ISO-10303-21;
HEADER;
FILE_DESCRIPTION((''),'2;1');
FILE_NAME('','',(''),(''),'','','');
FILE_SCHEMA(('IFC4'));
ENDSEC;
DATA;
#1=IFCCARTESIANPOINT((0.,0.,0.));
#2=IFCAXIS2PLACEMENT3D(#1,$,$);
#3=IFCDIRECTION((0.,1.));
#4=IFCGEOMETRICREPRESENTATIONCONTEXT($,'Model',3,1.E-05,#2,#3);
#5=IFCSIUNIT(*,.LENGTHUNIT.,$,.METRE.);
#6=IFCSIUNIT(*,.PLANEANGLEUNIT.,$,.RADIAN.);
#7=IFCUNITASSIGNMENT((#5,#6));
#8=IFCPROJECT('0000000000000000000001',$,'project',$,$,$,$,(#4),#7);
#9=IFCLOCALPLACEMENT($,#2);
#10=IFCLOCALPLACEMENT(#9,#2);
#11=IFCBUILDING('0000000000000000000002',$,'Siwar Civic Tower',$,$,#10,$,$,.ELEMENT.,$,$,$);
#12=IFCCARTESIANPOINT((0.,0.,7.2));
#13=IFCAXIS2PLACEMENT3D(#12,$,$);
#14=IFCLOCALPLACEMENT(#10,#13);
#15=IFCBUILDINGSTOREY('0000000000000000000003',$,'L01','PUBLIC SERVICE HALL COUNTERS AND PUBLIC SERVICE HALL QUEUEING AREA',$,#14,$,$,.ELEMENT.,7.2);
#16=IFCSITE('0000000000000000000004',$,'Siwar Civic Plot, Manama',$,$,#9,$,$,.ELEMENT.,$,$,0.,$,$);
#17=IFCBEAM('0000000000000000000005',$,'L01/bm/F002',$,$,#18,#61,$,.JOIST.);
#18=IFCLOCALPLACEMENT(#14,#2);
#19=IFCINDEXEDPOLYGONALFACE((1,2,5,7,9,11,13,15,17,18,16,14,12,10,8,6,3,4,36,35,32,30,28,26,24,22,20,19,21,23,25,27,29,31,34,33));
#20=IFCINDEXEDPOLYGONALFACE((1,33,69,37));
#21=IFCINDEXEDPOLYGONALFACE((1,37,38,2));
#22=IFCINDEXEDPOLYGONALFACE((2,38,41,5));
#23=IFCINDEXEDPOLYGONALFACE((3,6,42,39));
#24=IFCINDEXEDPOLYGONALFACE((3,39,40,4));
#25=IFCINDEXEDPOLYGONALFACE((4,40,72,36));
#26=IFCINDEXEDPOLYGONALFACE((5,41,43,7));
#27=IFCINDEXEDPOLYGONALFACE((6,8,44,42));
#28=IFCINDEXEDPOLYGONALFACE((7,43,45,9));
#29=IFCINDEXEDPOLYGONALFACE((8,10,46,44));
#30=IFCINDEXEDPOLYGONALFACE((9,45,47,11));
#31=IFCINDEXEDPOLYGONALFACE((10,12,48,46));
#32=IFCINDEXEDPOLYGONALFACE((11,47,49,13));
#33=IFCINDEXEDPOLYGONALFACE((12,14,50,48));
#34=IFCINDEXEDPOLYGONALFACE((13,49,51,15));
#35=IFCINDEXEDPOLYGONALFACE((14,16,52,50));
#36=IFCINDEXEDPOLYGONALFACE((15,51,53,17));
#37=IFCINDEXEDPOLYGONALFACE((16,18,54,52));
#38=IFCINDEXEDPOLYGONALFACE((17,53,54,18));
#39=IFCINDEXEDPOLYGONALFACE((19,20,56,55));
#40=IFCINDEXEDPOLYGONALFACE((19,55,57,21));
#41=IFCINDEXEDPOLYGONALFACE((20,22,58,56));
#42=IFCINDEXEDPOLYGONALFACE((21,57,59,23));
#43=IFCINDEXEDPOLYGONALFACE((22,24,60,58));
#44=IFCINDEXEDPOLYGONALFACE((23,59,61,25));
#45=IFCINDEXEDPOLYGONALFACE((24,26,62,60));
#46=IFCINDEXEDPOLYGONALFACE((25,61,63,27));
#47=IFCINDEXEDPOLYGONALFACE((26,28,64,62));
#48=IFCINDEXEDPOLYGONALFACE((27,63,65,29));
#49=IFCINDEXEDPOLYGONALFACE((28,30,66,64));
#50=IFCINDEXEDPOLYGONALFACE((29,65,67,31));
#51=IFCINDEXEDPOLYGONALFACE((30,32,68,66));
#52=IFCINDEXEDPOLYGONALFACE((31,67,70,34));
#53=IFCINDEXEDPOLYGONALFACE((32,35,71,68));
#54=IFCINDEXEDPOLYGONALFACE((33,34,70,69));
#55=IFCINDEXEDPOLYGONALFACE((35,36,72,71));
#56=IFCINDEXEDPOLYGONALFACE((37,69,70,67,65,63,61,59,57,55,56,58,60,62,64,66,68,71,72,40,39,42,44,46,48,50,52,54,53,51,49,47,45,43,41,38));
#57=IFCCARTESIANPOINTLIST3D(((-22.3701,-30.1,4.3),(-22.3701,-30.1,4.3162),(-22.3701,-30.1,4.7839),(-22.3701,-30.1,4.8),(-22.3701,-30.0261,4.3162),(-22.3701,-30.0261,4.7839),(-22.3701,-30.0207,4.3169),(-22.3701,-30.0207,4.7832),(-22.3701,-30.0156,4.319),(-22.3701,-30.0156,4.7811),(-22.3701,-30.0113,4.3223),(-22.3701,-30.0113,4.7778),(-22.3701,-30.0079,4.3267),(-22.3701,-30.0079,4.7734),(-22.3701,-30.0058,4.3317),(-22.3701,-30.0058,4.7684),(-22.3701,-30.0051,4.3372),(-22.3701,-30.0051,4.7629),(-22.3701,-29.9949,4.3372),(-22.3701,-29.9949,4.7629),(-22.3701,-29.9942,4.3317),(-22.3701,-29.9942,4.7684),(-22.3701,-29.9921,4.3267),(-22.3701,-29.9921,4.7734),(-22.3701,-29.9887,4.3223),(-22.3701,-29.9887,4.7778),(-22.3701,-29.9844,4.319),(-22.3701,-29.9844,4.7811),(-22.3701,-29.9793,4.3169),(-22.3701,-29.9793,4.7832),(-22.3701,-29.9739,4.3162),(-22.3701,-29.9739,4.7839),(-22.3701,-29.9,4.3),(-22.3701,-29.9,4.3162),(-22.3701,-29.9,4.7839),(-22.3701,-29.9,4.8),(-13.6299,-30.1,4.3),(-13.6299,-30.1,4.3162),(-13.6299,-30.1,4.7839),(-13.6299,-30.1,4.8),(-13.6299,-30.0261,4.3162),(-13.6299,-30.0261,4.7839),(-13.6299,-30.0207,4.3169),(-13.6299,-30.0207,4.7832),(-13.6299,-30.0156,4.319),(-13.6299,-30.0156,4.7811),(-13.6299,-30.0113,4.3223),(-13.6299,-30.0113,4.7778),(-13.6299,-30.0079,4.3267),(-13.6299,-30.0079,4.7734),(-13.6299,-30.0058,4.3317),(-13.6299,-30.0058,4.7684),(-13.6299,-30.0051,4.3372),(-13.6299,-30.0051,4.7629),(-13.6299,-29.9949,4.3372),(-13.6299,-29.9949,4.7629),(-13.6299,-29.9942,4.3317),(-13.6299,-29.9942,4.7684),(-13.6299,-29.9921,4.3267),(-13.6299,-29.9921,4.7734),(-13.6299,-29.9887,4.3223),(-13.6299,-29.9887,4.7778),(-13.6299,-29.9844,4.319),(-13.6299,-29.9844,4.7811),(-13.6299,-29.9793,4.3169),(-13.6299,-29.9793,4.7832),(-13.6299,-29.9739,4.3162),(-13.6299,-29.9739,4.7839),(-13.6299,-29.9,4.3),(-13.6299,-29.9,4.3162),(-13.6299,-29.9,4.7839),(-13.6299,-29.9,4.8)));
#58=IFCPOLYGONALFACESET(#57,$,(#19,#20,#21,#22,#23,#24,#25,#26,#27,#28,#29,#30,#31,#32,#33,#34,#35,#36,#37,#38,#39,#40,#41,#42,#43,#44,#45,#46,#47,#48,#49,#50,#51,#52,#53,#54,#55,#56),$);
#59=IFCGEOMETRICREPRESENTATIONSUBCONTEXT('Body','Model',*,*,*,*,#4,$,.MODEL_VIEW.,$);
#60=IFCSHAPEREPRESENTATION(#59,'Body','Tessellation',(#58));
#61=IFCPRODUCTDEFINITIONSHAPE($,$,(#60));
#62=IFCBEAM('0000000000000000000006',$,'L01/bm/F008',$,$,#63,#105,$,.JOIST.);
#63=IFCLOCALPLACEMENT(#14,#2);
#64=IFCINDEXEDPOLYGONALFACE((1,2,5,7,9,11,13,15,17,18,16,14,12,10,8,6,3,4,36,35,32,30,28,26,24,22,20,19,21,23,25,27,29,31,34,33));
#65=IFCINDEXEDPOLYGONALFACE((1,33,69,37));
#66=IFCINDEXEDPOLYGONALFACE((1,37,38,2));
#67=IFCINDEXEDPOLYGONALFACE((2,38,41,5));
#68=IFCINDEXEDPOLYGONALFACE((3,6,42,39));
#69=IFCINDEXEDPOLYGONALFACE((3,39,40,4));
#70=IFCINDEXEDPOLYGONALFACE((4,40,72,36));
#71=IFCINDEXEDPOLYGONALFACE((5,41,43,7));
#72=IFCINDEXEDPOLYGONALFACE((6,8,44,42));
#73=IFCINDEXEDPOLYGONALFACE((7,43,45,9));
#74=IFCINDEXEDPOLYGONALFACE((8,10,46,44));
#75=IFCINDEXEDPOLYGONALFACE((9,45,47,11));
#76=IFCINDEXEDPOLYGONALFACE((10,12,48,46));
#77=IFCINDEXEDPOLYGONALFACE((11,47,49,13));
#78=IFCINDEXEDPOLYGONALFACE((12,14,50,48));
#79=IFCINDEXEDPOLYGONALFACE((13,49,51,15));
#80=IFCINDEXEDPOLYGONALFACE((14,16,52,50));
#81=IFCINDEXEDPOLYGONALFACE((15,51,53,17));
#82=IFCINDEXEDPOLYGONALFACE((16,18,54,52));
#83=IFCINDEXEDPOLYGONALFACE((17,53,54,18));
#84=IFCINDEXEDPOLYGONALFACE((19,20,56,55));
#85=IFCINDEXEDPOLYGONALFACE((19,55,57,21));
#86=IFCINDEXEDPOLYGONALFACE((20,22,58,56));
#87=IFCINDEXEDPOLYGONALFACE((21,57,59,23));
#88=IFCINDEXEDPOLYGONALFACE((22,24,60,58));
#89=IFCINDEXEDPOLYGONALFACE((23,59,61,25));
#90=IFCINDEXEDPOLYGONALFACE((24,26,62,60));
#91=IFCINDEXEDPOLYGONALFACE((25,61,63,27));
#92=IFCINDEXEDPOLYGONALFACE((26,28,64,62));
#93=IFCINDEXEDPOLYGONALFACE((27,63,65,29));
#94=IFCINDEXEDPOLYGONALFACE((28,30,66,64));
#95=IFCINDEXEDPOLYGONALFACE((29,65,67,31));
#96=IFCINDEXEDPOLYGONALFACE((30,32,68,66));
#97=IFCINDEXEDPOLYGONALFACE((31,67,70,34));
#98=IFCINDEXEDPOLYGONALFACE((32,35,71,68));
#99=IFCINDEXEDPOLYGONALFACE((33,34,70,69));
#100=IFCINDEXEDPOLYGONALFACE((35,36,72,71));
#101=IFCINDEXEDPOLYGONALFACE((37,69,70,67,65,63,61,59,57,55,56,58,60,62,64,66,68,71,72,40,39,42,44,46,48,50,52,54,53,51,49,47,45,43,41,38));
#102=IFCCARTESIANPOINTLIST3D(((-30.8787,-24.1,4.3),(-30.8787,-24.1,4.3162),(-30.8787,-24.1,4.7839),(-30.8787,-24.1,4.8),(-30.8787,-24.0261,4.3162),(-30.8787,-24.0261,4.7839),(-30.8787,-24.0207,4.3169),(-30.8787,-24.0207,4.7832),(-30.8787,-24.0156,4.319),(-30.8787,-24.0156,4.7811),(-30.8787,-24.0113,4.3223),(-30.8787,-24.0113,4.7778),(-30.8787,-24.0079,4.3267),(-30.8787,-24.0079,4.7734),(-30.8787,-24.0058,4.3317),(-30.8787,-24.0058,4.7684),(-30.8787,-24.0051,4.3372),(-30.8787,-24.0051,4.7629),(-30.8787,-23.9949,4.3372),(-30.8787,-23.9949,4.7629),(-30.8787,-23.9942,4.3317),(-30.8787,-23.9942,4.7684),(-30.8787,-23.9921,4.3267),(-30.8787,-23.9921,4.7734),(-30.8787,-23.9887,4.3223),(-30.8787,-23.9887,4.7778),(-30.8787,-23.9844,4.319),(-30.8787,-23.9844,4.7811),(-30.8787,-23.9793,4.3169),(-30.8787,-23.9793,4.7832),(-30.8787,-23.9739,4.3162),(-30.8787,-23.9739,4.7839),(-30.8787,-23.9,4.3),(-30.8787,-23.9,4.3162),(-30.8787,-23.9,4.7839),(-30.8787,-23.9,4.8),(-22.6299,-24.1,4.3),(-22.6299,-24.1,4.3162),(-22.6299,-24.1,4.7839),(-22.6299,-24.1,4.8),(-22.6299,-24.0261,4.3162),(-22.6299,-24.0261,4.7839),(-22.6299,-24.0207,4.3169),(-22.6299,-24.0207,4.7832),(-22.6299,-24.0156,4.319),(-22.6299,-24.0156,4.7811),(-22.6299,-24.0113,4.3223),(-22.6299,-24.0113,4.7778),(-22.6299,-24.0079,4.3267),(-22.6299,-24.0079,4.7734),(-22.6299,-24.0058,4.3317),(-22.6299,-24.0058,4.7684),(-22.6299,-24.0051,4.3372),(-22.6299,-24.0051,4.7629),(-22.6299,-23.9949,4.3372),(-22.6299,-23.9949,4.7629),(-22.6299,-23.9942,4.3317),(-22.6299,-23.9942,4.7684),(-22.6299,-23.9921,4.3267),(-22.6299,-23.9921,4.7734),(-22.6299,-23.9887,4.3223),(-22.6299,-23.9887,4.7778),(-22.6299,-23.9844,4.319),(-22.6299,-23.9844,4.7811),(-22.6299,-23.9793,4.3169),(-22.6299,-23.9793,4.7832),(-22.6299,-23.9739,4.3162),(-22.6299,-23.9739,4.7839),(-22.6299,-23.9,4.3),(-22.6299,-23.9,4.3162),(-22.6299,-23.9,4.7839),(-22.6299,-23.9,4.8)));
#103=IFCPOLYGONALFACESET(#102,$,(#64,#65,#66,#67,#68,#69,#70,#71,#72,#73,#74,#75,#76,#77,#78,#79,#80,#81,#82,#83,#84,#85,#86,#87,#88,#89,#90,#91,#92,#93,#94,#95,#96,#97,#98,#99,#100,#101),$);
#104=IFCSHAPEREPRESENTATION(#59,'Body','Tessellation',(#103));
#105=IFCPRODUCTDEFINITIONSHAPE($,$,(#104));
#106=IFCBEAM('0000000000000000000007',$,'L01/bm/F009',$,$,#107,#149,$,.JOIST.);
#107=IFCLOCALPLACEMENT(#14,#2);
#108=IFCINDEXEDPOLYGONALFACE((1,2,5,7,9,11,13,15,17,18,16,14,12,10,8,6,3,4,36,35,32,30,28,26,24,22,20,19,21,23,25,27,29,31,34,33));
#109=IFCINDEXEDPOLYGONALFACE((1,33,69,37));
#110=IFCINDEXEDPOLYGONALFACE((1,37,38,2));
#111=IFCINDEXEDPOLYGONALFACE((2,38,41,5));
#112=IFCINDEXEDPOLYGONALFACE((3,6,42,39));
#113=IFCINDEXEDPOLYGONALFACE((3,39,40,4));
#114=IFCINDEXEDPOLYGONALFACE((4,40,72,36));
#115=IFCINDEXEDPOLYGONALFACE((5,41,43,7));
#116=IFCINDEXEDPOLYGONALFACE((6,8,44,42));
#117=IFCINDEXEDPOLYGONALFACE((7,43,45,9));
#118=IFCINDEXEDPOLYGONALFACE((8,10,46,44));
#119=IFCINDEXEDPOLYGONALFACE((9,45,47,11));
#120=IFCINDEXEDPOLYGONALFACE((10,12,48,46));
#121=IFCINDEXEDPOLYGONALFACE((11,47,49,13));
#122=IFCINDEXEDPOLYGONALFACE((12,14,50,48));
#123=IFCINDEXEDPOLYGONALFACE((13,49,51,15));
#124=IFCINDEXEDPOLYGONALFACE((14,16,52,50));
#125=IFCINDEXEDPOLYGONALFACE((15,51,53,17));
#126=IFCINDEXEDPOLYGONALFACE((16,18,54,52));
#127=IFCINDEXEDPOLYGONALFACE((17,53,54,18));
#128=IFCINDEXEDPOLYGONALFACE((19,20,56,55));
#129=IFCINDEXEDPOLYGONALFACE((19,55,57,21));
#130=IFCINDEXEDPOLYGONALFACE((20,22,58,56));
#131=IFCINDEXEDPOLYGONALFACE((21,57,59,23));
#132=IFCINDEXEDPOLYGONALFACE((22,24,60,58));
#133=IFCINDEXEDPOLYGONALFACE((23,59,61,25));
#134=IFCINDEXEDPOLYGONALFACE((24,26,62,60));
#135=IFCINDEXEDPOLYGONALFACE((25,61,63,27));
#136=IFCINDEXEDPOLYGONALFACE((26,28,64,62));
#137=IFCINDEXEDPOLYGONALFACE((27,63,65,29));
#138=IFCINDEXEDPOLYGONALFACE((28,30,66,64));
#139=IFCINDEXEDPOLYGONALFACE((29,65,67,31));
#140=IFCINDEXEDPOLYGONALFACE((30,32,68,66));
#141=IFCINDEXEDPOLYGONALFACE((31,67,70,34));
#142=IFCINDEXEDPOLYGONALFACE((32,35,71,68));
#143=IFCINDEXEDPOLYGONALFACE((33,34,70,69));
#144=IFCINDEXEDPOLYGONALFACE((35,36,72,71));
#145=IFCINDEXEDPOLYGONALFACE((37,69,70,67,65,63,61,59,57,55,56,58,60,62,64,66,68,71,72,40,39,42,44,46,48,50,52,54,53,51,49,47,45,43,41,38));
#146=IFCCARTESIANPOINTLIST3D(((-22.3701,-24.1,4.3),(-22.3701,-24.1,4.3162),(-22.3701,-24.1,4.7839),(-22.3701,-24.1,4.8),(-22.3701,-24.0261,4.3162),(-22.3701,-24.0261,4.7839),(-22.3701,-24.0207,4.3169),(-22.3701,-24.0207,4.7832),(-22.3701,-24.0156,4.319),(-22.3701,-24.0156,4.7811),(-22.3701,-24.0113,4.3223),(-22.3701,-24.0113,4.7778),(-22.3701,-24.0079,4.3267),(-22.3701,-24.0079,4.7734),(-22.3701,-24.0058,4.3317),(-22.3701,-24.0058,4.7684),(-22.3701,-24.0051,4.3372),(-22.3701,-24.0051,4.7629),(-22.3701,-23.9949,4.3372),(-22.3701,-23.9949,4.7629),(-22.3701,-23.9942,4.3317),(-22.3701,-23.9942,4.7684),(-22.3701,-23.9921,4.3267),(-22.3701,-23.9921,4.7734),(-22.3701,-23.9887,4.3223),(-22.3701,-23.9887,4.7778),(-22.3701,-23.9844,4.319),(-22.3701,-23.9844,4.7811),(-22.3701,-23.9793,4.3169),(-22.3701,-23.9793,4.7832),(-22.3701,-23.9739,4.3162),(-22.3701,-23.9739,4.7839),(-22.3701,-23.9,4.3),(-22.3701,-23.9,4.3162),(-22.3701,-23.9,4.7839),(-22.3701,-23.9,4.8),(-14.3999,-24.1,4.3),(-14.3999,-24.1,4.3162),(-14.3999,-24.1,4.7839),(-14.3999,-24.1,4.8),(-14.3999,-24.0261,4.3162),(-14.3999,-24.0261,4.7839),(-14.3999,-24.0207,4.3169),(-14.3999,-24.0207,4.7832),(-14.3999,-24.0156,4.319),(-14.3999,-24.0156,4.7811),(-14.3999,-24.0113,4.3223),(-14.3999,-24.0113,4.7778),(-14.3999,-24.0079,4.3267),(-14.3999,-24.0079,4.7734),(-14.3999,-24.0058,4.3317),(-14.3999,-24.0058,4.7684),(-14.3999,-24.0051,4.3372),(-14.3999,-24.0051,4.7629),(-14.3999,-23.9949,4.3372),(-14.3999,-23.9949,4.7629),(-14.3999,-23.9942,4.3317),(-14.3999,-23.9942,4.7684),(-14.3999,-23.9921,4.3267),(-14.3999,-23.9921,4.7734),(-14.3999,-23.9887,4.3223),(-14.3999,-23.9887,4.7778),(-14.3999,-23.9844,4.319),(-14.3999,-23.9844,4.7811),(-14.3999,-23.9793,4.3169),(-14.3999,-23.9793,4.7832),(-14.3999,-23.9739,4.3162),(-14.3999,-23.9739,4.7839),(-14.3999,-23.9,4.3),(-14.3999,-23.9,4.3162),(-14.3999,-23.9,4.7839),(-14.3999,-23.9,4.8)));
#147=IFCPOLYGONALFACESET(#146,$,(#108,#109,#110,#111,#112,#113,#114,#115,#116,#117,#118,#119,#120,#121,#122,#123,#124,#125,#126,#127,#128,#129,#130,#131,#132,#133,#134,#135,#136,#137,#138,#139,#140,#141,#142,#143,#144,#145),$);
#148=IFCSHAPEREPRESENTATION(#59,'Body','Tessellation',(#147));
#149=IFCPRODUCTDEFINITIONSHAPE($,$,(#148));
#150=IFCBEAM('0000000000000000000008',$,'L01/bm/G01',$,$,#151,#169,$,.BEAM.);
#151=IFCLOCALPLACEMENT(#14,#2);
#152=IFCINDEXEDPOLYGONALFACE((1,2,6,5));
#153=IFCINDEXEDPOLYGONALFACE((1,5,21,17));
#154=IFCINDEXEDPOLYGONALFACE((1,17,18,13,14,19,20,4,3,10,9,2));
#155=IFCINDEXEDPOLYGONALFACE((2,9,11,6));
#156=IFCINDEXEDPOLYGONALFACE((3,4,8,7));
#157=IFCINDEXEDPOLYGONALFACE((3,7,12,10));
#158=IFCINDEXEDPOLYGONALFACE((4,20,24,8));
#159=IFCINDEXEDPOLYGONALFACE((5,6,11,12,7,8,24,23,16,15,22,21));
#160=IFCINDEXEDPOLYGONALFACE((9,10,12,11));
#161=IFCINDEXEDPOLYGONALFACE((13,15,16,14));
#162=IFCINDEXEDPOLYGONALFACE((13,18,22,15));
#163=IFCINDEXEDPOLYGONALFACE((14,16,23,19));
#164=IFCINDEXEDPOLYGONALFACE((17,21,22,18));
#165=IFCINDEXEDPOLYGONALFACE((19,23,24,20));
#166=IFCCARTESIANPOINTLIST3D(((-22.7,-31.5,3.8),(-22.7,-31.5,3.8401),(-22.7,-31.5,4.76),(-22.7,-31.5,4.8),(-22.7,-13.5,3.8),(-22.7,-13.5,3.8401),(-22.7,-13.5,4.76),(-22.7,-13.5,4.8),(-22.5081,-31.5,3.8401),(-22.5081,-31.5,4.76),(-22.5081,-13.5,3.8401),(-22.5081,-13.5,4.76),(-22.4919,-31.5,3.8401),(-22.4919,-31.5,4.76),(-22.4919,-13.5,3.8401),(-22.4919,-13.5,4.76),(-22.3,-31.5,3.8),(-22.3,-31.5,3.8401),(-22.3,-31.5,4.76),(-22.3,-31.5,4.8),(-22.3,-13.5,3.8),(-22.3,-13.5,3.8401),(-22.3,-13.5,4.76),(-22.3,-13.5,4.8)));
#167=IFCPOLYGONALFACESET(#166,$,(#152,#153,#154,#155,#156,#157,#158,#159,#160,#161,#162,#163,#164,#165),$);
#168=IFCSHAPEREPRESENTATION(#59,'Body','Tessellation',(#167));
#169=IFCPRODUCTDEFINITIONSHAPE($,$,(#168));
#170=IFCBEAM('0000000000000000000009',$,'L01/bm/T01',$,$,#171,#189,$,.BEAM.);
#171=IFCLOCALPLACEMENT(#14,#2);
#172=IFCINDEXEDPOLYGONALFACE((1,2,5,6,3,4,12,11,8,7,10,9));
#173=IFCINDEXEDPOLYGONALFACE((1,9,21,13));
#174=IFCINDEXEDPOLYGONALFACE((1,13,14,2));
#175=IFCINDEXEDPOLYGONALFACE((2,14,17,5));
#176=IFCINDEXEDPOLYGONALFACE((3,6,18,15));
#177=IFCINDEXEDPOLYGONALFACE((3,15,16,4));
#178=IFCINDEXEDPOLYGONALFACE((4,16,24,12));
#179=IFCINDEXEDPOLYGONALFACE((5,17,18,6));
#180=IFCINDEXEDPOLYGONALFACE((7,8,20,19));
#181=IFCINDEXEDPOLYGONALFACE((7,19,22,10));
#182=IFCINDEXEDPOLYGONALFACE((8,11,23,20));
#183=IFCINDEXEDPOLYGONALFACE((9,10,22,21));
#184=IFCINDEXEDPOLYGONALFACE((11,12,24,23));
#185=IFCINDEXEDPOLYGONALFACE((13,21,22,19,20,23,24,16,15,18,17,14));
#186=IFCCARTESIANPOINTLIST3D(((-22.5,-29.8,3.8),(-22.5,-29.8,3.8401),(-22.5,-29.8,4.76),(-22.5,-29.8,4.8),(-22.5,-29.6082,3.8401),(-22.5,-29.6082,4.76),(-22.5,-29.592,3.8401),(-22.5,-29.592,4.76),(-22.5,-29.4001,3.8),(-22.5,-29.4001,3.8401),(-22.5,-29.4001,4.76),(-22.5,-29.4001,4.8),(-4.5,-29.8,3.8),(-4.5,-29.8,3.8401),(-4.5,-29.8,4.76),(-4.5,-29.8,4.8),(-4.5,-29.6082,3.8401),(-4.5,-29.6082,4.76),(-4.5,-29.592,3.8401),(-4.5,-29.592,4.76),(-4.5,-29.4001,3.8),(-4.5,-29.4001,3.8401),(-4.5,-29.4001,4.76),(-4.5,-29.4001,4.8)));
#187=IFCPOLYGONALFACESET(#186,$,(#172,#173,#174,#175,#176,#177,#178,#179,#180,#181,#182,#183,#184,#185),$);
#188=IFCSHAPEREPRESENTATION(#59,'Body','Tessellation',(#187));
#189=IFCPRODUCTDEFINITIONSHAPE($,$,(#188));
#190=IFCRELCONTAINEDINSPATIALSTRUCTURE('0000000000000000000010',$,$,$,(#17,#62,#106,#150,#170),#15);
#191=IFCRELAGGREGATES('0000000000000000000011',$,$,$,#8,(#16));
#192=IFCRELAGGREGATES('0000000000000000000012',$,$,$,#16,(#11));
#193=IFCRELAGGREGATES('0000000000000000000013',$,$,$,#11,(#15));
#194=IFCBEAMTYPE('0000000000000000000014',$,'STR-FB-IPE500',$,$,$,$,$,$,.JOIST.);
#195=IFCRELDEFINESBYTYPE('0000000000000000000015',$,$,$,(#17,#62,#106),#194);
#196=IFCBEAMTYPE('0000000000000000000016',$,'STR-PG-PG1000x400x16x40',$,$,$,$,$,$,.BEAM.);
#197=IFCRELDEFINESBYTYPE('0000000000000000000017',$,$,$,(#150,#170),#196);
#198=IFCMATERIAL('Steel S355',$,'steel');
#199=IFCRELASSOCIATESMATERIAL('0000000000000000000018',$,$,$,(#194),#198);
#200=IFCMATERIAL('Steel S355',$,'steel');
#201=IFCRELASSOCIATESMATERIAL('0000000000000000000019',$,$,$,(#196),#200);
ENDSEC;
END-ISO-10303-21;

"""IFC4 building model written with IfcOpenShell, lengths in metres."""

from ifc_helpers import new_model, si_unit, direction, frame, origin, origin_2d, place, context, subcontext, project, spatial, i_section, extrude, material, material_profile, profile_set, type_object, element, save


model = new_model("IFC4")

# Units and contexts
model_context = context("Model", 3, precision=1e-05, world=origin(), true_north=direction((0.0, 1.0)))
body_context = subcontext(model_context, "Body", "Model", "MODEL_VIEW")
ifc_project = project(units=[si_unit("LENGTHUNIT", "METRE"), si_unit("PLANEANGLEUNIT", "RADIAN")], contexts=[model_context])

# Site, building, storey
site_placement = place(None, origin())
site = spatial("IfcSite", under=ifc_project, at=site_placement, Name="Siwar Civic Plot, Manama", CompositionType="ELEMENT", RefElevation=0.0)
building_placement = place(site_placement, origin())
building = spatial("IfcBuilding", under=site, at=building_placement, Name="Siwar Civic Tower", CompositionType="ELEMENT")
storey_placement = place(building_placement, frame((0.0, 0.0, 7.2)))
storey = spatial("IfcBuildingStorey", under=building, at=storey_placement, Name="L01", Description="PUBLIC SERVICE HALL COUNTERS AND PUBLIC SERVICE HALL QUEUEING AREA", CompositionType="ELEMENT", Elevation=7.2)

# Beams
ifc_material_1 = material(Name="Steel S355", Category="steel")
ifc_material_profile_1 = material_profile(ifc_material_1, i_section(OverallWidth=0.2, OverallDepth=0.5, WebThickness=0.0103, FlangeThickness=0.0161, FilletRadius=0.021, at=origin_2d()), Name="IPE500")
ifc_profile_set_1 = profile_set([ifc_material_profile_1], Name="Steel S355")
beam_type_1 = type_object("IfcBeamType", Name="STR-FB-IPE500", PredefinedType="JOIST", material=ifc_profile_set_1)
beam_1_placement = place(storey_placement, frame((-22.3701, -30.0, 4.55), z_axis=(1.0, 0.0, 0.0), x_axis=(0.0, 1.0, 0.0)))
element("IfcBeam", 1, at=beam_1_placement, inside=storey, type_object=beam_type_1, Name="L01/bm/F002", PredefinedType="JOIST", context=body_context, shape_type="SweptSolid", body=[
    extrude(i_section(OverallWidth=0.2, OverallDepth=0.5, WebThickness=0.0103, FlangeThickness=0.0161, FilletRadius=0.021, at=origin_2d()), origin(), (0.0, 0.0, 1.0), 8.7402),
])
beam_2_placement = place(storey_placement, frame((-30.8787, -24.0, 4.55), z_axis=(1.0, 0.0, 0.0), x_axis=(0.0, 1.0, 0.0)))
element("IfcBeam", 2, at=beam_2_placement, inside=storey, type_object=beam_type_1, Name="L01/bm/F008", PredefinedType="JOIST", context=body_context, shape_type="SweptSolid", body=[
    extrude(i_section(OverallWidth=0.2, OverallDepth=0.5, WebThickness=0.0103, FlangeThickness=0.0161, FilletRadius=0.021, at=origin_2d()), origin(), (0.0, 0.0, 1.0), 8.2488),
])
beam_3_placement = place(storey_placement, frame((-22.3701, -24.0, 4.55), z_axis=(1.0, 0.0, 0.0), x_axis=(0.0, 1.0, 0.0)))
element("IfcBeam", 3, at=beam_3_placement, inside=storey, type_object=beam_type_1, Name="L01/bm/F009", PredefinedType="JOIST", context=body_context, shape_type="SweptSolid", body=[
    extrude(i_section(OverallWidth=0.2, OverallDepth=0.5, WebThickness=0.0103, FlangeThickness=0.0161, FilletRadius=0.021, at=origin_2d()), origin(), (0.0, 0.0, 1.0), 7.9702),
])
ifc_material_2 = material(Name="Steel S355", Category="steel")
ifc_material_profile_2 = material_profile(ifc_material_2, i_section(OverallWidth=0.3999, OverallDepth=1.0, WebThickness=0.0161, FlangeThickness=0.04, at=origin_2d()), Name="PG1000x400x16x40")
ifc_profile_set_2 = profile_set([ifc_material_profile_2], Name="Steel S355")
beam_type_2 = type_object("IfcBeamType", Name="STR-PG-PG1000x400x16x40", PredefinedType="BEAM", material=ifc_profile_set_2)
for number, where, z_axis, x_axis, name in (
    (4, (-22.5, -31.5, 4.3), (0.0, 1.0, 0.0), (-1.0, 0.0, 0.0), "L01/bm/G01"),
    (5, (-22.5, -29.6001, 4.3), (1.0, 0.0, 0.0), (0.0, 1.0, 0.0), "L01/bm/T01"),
):
    element("IfcBeam", number, at=place(storey_placement, frame(where, z_axis=z_axis, x_axis=x_axis)), inside=storey, type_object=beam_type_2, Name=name, PredefinedType="BEAM", context=body_context, shape_type="SweptSolid", body=[
        extrude(i_section(OverallWidth=0.3999, OverallDepth=1.0, WebThickness=0.0161, FlangeThickness=0.04, at=origin_2d()), origin(), (0.0, 0.0, 1.0), 18.0),
    ])

save(model, "model.ifc")
